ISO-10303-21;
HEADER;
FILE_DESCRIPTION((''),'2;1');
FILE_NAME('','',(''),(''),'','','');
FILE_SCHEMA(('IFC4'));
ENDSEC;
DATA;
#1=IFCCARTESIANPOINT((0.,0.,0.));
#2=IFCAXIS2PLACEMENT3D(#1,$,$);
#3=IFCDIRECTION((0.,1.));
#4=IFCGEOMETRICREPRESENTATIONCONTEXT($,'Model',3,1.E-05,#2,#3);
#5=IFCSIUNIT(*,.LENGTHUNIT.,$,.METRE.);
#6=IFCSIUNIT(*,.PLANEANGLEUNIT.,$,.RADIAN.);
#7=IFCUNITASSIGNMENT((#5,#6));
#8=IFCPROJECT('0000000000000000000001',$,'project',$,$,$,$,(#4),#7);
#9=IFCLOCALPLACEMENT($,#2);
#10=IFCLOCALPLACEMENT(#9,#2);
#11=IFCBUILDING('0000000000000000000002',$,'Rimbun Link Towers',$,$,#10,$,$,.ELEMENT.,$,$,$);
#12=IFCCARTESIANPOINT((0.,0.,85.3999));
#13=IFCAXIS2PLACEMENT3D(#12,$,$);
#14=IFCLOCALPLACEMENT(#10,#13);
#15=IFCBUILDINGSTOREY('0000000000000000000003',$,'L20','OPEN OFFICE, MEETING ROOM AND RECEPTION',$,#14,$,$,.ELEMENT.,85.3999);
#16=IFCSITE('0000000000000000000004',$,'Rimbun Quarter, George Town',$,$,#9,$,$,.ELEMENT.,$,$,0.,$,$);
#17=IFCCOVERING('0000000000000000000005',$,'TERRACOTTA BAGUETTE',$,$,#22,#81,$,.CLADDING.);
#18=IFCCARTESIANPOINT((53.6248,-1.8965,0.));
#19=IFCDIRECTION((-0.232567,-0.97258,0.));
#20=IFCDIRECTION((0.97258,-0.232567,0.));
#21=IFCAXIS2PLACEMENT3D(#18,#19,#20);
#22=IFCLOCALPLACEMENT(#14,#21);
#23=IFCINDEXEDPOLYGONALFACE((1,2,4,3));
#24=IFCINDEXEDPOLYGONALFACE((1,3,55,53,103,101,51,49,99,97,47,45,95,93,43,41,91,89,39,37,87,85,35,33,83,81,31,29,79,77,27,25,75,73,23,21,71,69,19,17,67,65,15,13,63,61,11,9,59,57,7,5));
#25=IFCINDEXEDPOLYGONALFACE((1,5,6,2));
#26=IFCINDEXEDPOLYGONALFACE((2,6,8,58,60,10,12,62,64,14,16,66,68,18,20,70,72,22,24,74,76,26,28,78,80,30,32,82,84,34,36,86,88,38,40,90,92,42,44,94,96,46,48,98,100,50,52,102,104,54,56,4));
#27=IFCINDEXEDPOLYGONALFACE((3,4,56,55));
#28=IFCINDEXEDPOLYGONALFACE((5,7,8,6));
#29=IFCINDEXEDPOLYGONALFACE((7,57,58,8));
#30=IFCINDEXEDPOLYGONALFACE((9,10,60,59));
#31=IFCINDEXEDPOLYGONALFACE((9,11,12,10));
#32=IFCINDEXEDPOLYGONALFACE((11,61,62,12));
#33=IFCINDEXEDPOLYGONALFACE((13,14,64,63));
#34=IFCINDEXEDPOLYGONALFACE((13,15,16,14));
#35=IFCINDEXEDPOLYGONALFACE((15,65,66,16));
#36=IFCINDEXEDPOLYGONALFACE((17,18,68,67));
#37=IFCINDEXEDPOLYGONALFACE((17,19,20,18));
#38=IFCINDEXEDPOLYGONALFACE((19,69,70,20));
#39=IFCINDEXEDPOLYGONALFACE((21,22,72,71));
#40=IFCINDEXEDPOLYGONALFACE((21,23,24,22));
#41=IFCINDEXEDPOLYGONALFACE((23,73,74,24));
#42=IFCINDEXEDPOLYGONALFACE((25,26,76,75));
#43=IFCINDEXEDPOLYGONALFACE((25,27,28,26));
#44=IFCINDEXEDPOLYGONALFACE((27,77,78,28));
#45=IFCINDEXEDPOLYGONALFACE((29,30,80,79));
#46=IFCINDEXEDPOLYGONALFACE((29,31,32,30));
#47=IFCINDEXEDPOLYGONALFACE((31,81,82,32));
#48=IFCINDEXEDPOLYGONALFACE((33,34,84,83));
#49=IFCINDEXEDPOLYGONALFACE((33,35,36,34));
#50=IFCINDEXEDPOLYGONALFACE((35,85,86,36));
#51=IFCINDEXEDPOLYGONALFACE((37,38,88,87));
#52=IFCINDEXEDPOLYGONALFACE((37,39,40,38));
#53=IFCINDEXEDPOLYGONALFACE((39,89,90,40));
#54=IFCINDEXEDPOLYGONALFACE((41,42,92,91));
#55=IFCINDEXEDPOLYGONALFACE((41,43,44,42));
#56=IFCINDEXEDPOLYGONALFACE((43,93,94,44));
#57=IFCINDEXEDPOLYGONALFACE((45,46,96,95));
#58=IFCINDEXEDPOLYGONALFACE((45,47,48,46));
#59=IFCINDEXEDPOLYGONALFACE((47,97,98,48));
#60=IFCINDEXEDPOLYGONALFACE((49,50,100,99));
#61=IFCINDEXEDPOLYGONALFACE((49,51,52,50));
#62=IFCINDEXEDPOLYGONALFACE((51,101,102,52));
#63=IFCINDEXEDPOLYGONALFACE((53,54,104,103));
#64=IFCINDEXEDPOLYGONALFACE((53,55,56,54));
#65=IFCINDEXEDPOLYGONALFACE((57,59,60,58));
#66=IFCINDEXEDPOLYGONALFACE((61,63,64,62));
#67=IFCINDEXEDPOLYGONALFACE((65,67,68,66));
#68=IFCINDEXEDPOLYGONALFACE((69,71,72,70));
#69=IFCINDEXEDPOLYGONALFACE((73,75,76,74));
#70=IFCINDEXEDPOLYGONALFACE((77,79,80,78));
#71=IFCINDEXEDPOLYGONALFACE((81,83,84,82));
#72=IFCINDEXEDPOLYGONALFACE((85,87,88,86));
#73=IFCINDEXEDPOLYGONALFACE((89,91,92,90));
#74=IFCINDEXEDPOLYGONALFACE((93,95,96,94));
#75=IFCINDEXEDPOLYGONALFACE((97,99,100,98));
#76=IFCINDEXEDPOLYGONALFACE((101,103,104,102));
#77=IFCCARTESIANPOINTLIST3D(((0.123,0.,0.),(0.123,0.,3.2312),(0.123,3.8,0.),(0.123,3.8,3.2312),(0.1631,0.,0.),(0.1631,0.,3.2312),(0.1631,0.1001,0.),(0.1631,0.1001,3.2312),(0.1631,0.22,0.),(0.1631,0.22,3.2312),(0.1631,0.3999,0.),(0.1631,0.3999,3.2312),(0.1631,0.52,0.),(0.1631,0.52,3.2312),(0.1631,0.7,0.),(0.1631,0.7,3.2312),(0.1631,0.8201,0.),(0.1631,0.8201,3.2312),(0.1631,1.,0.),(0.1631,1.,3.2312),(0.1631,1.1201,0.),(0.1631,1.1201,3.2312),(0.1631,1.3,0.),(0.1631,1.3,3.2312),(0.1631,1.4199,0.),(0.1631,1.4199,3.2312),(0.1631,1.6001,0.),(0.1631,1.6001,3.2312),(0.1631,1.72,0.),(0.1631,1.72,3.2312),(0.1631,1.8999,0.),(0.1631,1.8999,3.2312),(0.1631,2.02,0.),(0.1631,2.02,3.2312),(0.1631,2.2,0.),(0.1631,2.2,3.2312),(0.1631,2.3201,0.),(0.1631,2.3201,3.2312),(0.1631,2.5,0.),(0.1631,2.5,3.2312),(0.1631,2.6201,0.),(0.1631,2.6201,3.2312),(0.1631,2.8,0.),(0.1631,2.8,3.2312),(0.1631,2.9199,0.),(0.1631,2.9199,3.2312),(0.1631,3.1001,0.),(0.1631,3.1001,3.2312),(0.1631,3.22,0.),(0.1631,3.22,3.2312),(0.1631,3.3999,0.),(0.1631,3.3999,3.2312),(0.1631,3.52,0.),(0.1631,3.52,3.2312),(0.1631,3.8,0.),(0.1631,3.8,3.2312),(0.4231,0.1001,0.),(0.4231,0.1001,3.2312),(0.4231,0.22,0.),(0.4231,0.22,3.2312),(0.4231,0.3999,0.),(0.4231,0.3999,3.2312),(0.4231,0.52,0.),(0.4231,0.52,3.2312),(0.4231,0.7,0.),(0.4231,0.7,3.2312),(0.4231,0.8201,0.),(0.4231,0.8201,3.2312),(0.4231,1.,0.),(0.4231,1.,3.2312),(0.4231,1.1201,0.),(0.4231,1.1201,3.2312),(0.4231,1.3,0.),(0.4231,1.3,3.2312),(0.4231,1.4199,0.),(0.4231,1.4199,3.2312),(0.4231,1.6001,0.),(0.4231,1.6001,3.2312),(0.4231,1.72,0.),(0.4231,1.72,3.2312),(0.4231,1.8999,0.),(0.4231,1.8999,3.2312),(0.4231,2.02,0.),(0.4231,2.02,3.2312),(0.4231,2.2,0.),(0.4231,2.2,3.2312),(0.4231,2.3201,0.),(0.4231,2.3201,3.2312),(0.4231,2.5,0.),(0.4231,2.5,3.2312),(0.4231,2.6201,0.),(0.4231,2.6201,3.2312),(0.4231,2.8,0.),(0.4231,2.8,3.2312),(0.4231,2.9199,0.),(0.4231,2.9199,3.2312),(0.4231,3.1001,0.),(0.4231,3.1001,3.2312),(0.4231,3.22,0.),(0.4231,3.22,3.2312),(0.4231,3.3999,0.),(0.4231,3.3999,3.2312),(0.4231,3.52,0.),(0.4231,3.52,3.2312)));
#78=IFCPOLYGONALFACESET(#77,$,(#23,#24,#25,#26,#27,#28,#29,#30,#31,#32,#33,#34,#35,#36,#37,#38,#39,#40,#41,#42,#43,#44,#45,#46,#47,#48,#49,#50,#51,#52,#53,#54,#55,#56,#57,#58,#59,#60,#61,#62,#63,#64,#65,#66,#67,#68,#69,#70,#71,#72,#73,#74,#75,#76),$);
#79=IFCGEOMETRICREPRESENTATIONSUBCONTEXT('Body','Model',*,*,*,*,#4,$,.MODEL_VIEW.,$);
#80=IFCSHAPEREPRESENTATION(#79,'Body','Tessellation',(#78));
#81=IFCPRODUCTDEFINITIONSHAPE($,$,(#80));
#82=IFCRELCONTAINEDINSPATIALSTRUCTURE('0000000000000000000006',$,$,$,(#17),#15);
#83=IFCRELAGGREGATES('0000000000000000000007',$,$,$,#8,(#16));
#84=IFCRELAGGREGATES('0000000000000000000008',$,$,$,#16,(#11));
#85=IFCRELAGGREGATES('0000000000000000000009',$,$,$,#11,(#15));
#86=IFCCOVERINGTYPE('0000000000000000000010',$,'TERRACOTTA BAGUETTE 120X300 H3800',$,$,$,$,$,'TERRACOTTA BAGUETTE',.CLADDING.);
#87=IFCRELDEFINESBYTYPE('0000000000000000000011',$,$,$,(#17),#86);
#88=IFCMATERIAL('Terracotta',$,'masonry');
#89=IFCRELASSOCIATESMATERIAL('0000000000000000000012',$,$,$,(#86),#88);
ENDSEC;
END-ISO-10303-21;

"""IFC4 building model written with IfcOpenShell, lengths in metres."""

from ifc_helpers import new_model, si_unit, direction, frame, origin, place, context, subcontext, project, spatial, polyline, outline, extrude, material, material_profile, profile_set, type_object, element, save


model = new_model("IFC4")

# Units and contexts
model_context = context("Model", 3, precision=1e-05, world=origin(), true_north=direction((0.0, 1.0)))
body_context = subcontext(model_context, "Body", "Model", "MODEL_VIEW")
ifc_project = project(units=[si_unit("LENGTHUNIT", "METRE"), si_unit("PLANEANGLEUNIT", "RADIAN")], contexts=[model_context])

# Site, building, storey
site_placement = place(None, origin())
site = spatial("IfcSite", under=ifc_project, at=site_placement, Name="Rimbun Quarter, George Town", CompositionType="ELEMENT", RefElevation=0.0)
building_placement = place(site_placement, origin())
building = spatial("IfcBuilding", under=site, at=building_placement, Name="Rimbun Link Towers", CompositionType="ELEMENT")
storey_placement = place(building_placement, frame((0.0, 0.0, 85.3999)))
storey = spatial("IfcBuildingStorey", under=building, at=storey_placement, Name="L20", Description="OPEN OFFICE, MEETING ROOM AND RECEPTION", CompositionType="ELEMENT", Elevation=85.3999)

# Covering
ifc_material_1 = material(Name="Terracotta", Category="masonry")
ifc_material_profile_1 = material_profile(ifc_material_1, outline(polyline([(0.123, 0.0), (0.1631, 0.0), (0.1631, 0.1001), (0.4231, 0.1001), (0.4231, 0.22), (0.1631, 0.22), (0.1631, 0.3999), (0.4231, 0.3999), (0.4231, 0.52), (0.1631, 0.52), (0.1631, 0.7), (0.4231, 0.7), (0.4231, 0.8201), (0.1631, 0.8201), (0.1631, 1.0), (0.4231, 1.0), (0.4231, 1.1201), (0.1631, 1.1201), (0.1631, 1.3), (0.4231, 1.3), (0.4231, 1.4199), (0.1631, 1.4199), (0.1631, 1.6001), (0.4231, 1.6001), (0.4231, 1.72), (0.1631, 1.72), (0.1631, 1.8999), (0.4231, 1.8999), (0.4231, 2.02), (0.1631, 2.02), (0.1631, 2.2), (0.4231, 2.2), (0.4231, 2.3201), (0.1631, 2.3201), (0.1631, 2.5), (0.4231, 2.5), (0.4231, 2.6201), (0.1631, 2.6201), (0.1631, 2.8), (0.4231, 2.8), (0.4231, 2.9199), (0.1631, 2.9199), (0.1631, 3.1001), (0.4231, 3.1001), (0.4231, 3.22), (0.1631, 3.22), (0.1631, 3.3999), (0.4231, 3.3999), (0.4231, 3.52), (0.1631, 3.52), (0.1631, 3.8), (0.123, 3.8), (0.123, 0.0)])), Name="BAGUETTE 120X300")
ifc_profile_set_1 = profile_set([ifc_material_profile_1], Name="Terracotta")
covering_type = type_object("IfcCoveringType", Name="TERRACOTTA BAGUETTE 120X300 H3800", ElementType="TERRACOTTA BAGUETTE", PredefinedType="CLADDING", material=ifc_profile_set_1)
covering_placement = place(storey_placement, frame((53.6248, -1.8965, 0.0), z_axis=(-0.232567, -0.97258, 0.0), x_axis=(0.97258, -0.232567, 0.0)))
element("IfcCovering", 1, at=covering_placement, inside=storey, type_object=covering_type, Name="TERRACOTTA BAGUETTE", PredefinedType="CLADDING", context=body_context, shape_type="SweptSolid", body=[
    extrude(outline(polyline([(0.123, 0.0), (0.1631, 0.0), (0.1631, 0.1001), (0.4231, 0.1001), (0.4231, 0.22), (0.1631, 0.22), (0.1631, 0.3999), (0.4231, 0.3999), (0.4231, 0.52), (0.1631, 0.52), (0.1631, 0.7), (0.4231, 0.7), (0.4231, 0.8201), (0.1631, 0.8201), (0.1631, 1.0), (0.4231, 1.0), (0.4231, 1.1201), (0.1631, 1.1201), (0.1631, 1.3), (0.4231, 1.3), (0.4231, 1.4199), (0.1631, 1.4199), (0.1631, 1.6001), (0.4231, 1.6001), (0.4231, 1.72), (0.1631, 1.72), (0.1631, 1.8999), (0.4231, 1.8999), (0.4231, 2.02), (0.1631, 2.02), (0.1631, 2.2), (0.4231, 2.2), (0.4231, 2.3201), (0.1631, 2.3201), (0.1631, 2.5), (0.4231, 2.5), (0.4231, 2.6201), (0.1631, 2.6201), (0.1631, 2.8), (0.4231, 2.8), (0.4231, 2.9199), (0.1631, 2.9199), (0.1631, 3.1001), (0.4231, 3.1001), (0.4231, 3.22), (0.1631, 3.22), (0.1631, 3.3999), (0.4231, 3.3999), (0.4231, 3.52), (0.1631, 3.52), (0.1631, 3.8), (0.123, 3.8), (0.123, 0.0)])), origin(), (0.0, 0.0, 1.0), 3.2312),
])

save(model, "model.ifc")
